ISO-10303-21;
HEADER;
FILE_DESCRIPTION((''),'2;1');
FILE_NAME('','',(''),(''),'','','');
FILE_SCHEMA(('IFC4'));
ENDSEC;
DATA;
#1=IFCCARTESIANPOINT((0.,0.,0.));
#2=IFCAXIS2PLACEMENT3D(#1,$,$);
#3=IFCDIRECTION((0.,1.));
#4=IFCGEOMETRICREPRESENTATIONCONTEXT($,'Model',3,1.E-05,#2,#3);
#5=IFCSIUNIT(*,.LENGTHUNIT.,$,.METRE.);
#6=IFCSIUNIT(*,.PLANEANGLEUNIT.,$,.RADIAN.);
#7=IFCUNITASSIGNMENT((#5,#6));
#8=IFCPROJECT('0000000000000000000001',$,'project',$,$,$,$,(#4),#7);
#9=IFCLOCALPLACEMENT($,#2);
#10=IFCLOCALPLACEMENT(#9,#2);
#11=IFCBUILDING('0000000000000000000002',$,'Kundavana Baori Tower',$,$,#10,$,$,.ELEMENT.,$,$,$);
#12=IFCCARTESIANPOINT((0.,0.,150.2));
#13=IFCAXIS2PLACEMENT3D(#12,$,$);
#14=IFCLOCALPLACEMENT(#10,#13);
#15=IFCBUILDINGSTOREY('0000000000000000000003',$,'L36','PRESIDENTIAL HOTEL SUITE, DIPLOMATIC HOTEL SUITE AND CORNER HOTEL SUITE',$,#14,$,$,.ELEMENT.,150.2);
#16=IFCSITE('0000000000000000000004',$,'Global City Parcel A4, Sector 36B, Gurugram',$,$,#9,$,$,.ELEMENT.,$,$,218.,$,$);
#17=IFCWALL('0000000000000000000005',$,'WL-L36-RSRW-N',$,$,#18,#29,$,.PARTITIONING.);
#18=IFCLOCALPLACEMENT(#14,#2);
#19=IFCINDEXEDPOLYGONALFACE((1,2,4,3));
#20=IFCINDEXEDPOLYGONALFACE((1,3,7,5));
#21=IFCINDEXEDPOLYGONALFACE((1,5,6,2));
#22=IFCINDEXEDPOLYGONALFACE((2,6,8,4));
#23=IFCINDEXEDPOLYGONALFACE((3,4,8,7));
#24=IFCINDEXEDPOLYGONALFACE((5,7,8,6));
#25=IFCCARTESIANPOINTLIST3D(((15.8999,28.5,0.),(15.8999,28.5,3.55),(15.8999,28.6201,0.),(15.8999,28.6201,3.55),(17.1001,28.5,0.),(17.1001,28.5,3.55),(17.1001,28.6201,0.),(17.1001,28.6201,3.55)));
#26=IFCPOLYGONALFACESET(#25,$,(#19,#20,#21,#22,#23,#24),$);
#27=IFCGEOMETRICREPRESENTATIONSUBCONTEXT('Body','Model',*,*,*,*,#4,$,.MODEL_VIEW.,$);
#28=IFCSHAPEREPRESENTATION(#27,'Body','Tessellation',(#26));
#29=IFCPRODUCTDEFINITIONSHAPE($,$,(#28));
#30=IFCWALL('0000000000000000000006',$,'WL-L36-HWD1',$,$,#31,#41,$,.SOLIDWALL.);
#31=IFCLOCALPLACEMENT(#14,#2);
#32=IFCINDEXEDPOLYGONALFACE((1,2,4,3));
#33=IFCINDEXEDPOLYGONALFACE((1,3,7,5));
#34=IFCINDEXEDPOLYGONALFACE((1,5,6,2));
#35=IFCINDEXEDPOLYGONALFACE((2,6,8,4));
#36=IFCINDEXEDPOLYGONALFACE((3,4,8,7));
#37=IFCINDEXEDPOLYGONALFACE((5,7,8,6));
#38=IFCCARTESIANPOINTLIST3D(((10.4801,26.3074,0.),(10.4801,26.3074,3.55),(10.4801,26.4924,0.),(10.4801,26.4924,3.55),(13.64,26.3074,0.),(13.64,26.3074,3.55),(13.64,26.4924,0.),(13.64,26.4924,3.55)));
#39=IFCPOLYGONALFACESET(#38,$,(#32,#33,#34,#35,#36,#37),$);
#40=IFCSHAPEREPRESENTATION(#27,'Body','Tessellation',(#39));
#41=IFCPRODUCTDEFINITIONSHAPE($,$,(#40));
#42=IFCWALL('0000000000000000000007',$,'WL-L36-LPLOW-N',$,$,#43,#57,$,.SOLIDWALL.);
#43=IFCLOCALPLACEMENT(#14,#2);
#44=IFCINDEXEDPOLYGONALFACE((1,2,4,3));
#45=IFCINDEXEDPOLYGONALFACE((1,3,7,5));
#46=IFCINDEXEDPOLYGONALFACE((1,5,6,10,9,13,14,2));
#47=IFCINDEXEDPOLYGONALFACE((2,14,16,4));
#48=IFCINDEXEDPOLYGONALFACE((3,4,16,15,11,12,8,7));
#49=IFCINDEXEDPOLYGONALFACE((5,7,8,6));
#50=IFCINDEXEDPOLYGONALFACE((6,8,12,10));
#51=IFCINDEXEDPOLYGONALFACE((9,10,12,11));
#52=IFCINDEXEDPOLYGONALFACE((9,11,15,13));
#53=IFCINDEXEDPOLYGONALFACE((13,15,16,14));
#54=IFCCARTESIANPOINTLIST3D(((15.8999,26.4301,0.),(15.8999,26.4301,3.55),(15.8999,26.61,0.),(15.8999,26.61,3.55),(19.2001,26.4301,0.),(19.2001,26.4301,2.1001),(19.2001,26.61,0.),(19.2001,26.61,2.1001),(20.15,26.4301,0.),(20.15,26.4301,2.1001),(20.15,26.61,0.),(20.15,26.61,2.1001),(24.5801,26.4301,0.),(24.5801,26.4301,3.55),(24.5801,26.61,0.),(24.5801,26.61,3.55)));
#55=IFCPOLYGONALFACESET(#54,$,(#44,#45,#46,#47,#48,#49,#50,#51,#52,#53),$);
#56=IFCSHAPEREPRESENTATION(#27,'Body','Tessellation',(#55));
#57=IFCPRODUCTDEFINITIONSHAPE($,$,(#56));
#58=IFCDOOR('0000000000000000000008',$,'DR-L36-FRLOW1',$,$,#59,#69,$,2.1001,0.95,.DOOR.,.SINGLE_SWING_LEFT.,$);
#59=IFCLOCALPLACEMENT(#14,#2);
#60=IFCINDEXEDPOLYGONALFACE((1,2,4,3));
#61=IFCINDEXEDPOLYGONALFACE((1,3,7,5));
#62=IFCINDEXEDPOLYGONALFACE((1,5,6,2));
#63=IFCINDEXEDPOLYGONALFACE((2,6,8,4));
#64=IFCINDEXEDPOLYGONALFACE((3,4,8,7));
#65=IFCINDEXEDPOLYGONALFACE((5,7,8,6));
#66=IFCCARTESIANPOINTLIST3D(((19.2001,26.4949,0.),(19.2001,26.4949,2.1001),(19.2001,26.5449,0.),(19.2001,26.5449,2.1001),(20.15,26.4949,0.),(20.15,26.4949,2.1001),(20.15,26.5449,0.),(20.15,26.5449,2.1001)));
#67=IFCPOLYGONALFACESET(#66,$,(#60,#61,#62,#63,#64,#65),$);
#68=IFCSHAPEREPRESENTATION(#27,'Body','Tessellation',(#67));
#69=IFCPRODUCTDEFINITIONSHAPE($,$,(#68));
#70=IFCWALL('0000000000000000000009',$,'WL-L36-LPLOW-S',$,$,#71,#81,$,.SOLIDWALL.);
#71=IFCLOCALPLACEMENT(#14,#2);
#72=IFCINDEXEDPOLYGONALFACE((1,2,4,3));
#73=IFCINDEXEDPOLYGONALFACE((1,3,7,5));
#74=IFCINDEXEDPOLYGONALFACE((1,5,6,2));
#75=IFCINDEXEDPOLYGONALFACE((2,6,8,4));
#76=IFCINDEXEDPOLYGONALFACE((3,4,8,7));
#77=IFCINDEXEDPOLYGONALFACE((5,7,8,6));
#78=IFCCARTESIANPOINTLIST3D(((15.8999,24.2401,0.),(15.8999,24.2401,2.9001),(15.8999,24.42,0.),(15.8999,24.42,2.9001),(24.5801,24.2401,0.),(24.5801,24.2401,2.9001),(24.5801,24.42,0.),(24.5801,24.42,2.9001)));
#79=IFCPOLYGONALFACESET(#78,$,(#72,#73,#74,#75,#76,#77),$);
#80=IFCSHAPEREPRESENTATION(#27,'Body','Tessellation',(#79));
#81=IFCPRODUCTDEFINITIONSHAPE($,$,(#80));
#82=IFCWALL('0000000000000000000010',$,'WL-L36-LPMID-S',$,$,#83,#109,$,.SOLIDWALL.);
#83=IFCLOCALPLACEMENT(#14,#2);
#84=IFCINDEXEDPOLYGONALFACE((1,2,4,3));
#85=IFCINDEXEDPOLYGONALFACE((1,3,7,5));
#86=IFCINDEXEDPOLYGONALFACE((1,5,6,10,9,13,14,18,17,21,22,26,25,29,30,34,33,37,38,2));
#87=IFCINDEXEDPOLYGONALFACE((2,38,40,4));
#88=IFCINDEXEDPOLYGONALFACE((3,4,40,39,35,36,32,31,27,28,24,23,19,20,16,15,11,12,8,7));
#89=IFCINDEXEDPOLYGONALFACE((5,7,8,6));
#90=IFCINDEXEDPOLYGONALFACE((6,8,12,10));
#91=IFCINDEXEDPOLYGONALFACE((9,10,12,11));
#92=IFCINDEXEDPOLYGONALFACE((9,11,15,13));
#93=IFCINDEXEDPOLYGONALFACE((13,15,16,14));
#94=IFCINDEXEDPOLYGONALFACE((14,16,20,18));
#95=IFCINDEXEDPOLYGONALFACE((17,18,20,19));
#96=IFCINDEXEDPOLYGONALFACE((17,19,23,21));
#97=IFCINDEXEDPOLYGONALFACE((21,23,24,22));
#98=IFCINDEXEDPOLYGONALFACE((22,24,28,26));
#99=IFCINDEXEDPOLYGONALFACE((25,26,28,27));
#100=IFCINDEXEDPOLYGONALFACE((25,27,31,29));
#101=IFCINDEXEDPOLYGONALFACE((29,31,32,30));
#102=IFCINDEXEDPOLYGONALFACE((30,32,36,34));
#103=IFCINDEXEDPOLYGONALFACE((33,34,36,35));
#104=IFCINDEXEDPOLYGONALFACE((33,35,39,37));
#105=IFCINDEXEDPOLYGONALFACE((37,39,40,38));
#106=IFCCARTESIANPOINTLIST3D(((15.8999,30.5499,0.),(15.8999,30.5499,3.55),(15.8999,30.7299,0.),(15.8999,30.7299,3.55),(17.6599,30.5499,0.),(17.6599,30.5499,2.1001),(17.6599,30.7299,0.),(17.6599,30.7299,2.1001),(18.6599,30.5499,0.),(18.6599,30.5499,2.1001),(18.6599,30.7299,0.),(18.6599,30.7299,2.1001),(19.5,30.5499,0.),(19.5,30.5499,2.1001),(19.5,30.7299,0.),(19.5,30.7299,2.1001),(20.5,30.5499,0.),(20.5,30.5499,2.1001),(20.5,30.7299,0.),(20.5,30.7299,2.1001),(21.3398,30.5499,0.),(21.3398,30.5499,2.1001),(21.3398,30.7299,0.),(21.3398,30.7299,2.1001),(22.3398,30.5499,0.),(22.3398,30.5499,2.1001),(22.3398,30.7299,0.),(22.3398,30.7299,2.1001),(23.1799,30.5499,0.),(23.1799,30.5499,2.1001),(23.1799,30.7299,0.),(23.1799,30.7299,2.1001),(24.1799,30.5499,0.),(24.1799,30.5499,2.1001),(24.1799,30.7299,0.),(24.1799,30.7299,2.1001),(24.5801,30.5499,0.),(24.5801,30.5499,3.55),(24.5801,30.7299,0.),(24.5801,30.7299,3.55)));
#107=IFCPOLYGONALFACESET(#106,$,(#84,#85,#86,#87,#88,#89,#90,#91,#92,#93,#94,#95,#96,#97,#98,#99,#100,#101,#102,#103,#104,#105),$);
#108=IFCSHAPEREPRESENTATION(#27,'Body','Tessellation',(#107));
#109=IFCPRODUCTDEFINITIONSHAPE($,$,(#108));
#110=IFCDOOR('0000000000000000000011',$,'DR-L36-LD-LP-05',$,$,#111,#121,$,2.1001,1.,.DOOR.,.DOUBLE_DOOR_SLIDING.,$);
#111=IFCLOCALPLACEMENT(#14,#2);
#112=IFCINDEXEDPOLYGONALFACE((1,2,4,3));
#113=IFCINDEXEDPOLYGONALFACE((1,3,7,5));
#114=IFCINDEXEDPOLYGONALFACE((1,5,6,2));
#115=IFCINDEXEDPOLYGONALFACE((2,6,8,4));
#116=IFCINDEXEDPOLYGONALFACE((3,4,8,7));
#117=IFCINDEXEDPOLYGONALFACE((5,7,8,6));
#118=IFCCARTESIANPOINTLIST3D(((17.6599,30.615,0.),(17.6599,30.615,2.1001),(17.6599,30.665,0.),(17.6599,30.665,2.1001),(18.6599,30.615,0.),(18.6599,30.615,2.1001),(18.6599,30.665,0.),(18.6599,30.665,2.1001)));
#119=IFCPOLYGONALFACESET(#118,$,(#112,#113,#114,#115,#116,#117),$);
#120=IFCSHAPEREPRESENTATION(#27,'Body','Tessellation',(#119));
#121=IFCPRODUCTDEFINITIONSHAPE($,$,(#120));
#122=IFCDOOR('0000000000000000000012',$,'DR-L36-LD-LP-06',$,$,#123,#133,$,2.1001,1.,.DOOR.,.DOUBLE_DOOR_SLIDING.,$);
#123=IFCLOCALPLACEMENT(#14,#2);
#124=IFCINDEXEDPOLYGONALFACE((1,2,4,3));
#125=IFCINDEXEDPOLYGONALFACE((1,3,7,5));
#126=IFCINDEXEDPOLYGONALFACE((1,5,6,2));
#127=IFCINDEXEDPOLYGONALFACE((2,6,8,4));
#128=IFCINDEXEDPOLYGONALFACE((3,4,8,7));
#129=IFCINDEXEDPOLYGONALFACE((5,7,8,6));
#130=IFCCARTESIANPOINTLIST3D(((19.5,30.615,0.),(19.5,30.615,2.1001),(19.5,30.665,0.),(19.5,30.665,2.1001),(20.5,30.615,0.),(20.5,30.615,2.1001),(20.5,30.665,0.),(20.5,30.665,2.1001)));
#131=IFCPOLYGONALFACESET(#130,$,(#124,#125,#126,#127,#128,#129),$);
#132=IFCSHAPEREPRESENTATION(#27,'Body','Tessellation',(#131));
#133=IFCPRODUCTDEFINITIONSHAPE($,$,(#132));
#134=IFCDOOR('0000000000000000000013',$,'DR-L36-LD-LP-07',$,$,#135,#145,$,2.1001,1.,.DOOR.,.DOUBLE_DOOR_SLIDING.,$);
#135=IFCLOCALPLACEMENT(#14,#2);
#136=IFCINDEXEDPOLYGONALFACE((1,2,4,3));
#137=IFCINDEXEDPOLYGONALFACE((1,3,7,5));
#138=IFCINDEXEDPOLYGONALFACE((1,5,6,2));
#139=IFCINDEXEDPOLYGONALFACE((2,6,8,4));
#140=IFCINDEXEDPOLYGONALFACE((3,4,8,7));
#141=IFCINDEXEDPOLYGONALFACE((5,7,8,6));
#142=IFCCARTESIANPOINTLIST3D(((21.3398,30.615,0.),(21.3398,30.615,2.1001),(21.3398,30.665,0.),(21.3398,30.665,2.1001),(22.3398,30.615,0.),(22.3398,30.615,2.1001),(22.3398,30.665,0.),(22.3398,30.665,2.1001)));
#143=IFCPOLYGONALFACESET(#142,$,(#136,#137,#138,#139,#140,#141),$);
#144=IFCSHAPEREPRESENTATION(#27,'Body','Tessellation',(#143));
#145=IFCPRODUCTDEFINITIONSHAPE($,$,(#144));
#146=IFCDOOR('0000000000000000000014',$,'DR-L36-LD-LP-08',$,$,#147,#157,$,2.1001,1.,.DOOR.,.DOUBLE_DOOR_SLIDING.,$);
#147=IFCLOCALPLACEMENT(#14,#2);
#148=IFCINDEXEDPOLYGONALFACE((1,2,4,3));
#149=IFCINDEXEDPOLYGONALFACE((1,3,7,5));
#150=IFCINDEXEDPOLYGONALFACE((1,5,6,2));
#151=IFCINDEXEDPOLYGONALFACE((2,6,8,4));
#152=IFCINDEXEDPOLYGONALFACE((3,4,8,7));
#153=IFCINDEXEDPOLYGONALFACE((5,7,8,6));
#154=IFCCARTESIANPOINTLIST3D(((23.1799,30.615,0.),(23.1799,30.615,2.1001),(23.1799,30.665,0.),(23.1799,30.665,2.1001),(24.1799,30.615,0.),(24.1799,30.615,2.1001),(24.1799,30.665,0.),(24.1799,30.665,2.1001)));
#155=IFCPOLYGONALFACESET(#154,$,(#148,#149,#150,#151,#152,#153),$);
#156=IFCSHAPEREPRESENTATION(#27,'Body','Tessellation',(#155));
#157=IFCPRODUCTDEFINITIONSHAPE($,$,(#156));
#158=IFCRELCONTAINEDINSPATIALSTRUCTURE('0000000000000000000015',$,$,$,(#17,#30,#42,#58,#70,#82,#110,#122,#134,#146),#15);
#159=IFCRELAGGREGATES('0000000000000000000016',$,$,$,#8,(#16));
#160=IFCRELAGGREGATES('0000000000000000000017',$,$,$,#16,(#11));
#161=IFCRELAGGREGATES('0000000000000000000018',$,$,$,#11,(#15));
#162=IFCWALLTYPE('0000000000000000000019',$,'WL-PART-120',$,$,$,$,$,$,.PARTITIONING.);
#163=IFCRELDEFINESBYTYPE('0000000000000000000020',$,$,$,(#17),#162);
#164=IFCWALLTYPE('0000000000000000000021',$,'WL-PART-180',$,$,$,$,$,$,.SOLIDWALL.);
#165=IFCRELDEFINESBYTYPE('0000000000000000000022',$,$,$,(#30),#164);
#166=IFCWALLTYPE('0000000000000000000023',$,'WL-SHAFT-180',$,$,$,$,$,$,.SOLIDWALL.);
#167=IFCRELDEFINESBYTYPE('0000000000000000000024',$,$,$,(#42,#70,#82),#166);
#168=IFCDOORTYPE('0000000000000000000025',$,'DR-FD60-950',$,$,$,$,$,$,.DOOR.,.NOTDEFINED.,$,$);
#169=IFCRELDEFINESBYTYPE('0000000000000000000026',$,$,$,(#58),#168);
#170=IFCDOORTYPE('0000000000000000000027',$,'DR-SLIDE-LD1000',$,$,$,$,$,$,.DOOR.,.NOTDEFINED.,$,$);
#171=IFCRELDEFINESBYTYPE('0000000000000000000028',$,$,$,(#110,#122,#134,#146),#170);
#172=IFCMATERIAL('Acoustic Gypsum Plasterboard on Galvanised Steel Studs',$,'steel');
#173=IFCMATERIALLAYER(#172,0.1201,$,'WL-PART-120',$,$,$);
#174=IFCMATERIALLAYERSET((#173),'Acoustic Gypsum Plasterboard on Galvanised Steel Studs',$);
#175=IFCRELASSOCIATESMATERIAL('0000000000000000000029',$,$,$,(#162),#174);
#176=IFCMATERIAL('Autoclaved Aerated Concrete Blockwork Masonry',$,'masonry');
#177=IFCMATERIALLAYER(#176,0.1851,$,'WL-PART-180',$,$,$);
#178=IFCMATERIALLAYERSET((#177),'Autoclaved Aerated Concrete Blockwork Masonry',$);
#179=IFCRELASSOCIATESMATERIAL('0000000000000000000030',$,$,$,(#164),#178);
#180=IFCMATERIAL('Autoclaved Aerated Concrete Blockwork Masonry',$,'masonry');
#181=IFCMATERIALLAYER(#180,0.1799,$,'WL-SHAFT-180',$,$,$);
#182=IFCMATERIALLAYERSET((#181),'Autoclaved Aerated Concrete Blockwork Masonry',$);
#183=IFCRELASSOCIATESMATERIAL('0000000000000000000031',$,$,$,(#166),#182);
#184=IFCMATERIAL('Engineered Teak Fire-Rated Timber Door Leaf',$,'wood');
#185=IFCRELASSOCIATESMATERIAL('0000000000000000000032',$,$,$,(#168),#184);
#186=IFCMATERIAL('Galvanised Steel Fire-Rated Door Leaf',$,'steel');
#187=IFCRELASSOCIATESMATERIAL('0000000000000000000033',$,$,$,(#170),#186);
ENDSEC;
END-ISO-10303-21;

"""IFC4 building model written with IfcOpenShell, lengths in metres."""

from ifc_helpers import new_model, si_unit, direction, frame, frame_2d, origin, place, context, subcontext, project, spatial, rectangle, extrude, material, layer, layer_set, type_object, element, fill, save


model = new_model("IFC4")

# Units and contexts
model_context = context("Model", 3, precision=1e-05, world=origin(), true_north=direction((0.0, 1.0)))
body_context = subcontext(model_context, "Body", "Model", "MODEL_VIEW")
ifc_project = project(units=[si_unit("LENGTHUNIT", "METRE"), si_unit("PLANEANGLEUNIT", "RADIAN")], contexts=[model_context])

# Site, building, storey
site_placement = place(None, origin())
site = spatial("IfcSite", under=ifc_project, at=site_placement, Name="Global City Parcel A4, Sector 36B, Gurugram", CompositionType="ELEMENT", RefElevation=218.0)
building_placement = place(site_placement, origin())
building = spatial("IfcBuilding", under=site, at=building_placement, Name="Kundavana Baori Tower", CompositionType="ELEMENT")
storey_placement = place(building_placement, frame((0.0, 0.0, 150.2)))
storey = spatial("IfcBuildingStorey", under=building, at=storey_placement, Name="L36", Description="PRESIDENTIAL HOTEL SUITE, DIPLOMATIC HOTEL SUITE AND CORNER HOTEL SUITE", CompositionType="ELEMENT", Elevation=150.2)

# Walls
ifc_material_1 = material(Name="Acoustic Gypsum Plasterboard on Galvanised Steel Studs", Category="steel")
ifc_layer_1 = layer(ifc_material_1, 0.1201, Name="WL-PART-120")
ifc_layer_set_1 = layer_set([ifc_layer_1], Name="Acoustic Gypsum Plasterboard on Galvanised Steel Studs")
wall_type_1 = type_object("IfcWallType", Name="WL-PART-120", PredefinedType="PARTITIONING", material=ifc_layer_set_1)
wall_1_placement = place(storey_placement, frame((15.8999, 28.5601, 0.0), z_axis=(0.0, 0.0, 1.0), x_axis=(1.0, 0.0, 0.0)))
element("IfcWall", 1, at=wall_1_placement, inside=storey, type_object=wall_type_1, Name="WL-L36-RSRW-N", PredefinedType="PARTITIONING", context=body_context, shape_type="SweptSolid", body=[
    extrude(rectangle(XDim=1.2002, YDim=0.1201, at=frame_2d((0.6001, 0.0))), origin(), (0.0, 0.0, 1.0), 3.55),
])
ifc_material_2 = material(Name="Autoclaved Aerated Concrete Blockwork Masonry", Category="masonry")
ifc_layer_2 = layer(ifc_material_2, 0.1851, Name="WL-PART-180")
ifc_layer_set_2 = layer_set([ifc_layer_2], Name="Autoclaved Aerated Concrete Blockwork Masonry")
wall_type_2 = type_object("IfcWallType", Name="WL-PART-180", PredefinedType="SOLIDWALL", material=ifc_layer_set_2)
wall_2_placement = place(storey_placement, frame((10.48, 26.3999, 0.0), z_axis=(0.0, 0.0, 1.0), x_axis=(1.0, 0.0, 0.0)))
element("IfcWall", 2, at=wall_2_placement, inside=storey, type_object=wall_type_2, Name="WL-L36-HWD1", PredefinedType="SOLIDWALL", context=body_context, shape_type="SweptSolid", body=[
    extrude(rectangle(XDim=3.1599, YDim=0.1851, at=frame_2d((1.5801, 0.0))), origin(), (0.0, 0.0, 1.0), 3.55),
])

# Wall, opening, door
ifc_material_3 = material(Name="Autoclaved Aerated Concrete Blockwork Masonry", Category="masonry")
ifc_layer_3 = layer(ifc_material_3, 0.1799, Name="WL-SHAFT-180")
ifc_layer_set_3 = layer_set([ifc_layer_3], Name="Autoclaved Aerated Concrete Blockwork Masonry")
wall_type_3 = type_object("IfcWallType", Name="WL-SHAFT-180", PredefinedType="SOLIDWALL", material=ifc_layer_set_3)
wall_3_placement = place(storey_placement, frame((15.8999, 26.52, 0.0), z_axis=(0.0, 0.0, 1.0), x_axis=(1.0, 0.0, 0.0)))
wall_3 = element("IfcWall", 3, at=wall_3_placement, inside=storey, type_object=wall_type_3, Name="WL-L36-LPLOW-N", PredefinedType="SOLIDWALL", context=body_context, shape_type="SweptSolid", body=[
    extrude(rectangle(XDim=8.6802, YDim=0.1799, at=frame_2d((4.3401, 0.0))), origin(), (0.0, 0.0, 1.0), 3.55),
])
opening_1_placement = place(wall_3_placement, frame((3.3, 0.0, 0.0)))
opening_1 = element("IfcOpeningElement", 4, at=opening_1_placement, cuts=wall_3, PredefinedType="OPENING", context=body_context, shape_type="SweptSolid", body=[
    extrude(rectangle(XDim=0.95, YDim=2.1001, at=frame_2d((0.4751, 1.05))), frame((0.0, 0.1001, 0.0), z_axis=(0.0, -1.0, 0.0), x_axis=(1.0, 0.0, 0.0)), (0.0, 0.0, 1.0), 0.2),
])
ifc_material_4 = material(Name="Engineered Teak Fire-Rated Timber Door Leaf", Category="wood")
door_type_1 = type_object("IfcDoorType", Name="DR-FD60-950", OperationType="NOTDEFINED", PredefinedType="DOOR", material=ifc_material_4)
door_1_placement = place(opening_1_placement, origin())
door_1 = element("IfcDoor", 5, at=door_1_placement, inside=storey, type_object=door_type_1, Name="DR-L36-FRLOW1", OperationType="SINGLE_SWING_LEFT", OverallHeight=2.1001, OverallWidth=0.95, PredefinedType="DOOR", context=body_context, shape_type="SweptSolid", body=[
    extrude(rectangle(XDim=0.95, YDim=2.1001, at=frame_2d((0.4751, 1.05))), frame((0.0, 0.0249, 0.0), z_axis=(0.0, -1.0, 0.0), x_axis=(1.0, 0.0, 0.0)), (0.0, 0.0, 1.0), 0.05),
])
fill(opening_1, door_1)

# Wall
wall_4_placement = place(storey_placement, frame((15.8999, 24.3301, 0.0), z_axis=(0.0, 0.0, 1.0), x_axis=(1.0, 0.0, 0.0)))
element("IfcWall", 6, at=wall_4_placement, inside=storey, type_object=wall_type_3, Name="WL-L36-LPLOW-S", PredefinedType="SOLIDWALL", context=body_context, shape_type="SweptSolid", body=[
    extrude(rectangle(XDim=8.6802, YDim=0.1799, at=frame_2d((4.3401, 0.0))), origin(), (0.0, 0.0, 1.0), 2.9001),
])

# Wall, openings, doors
wall_5_placement = place(storey_placement, frame((15.8999, 30.6399, 0.0), z_axis=(0.0, 0.0, 1.0), x_axis=(1.0, 0.0, 0.0)))
wall_5 = element("IfcWall", 7, at=wall_5_placement, inside=storey, type_object=wall_type_3, Name="WL-L36-LPMID-S", PredefinedType="SOLIDWALL", context=body_context, shape_type="SweptSolid", body=[
    extrude(rectangle(XDim=8.6802, YDim=0.1799, at=frame_2d((4.3401, 0.0))), origin(), (0.0, 0.0, 1.0), 3.55),
])
opening_2_placement = place(wall_5_placement, frame((1.76, 0.0, 0.0)))
opening_2 = element("IfcOpeningElement", 8, at=opening_2_placement, cuts=wall_5, PredefinedType="OPENING", context=body_context, shape_type="SweptSolid", body=[
    extrude(rectangle(XDim=1.0, YDim=2.1001, at=frame_2d((0.5, 1.05))), frame((0.0, 0.1001, 0.0), z_axis=(0.0, -1.0, 0.0), x_axis=(1.0, 0.0, 0.0)), (0.0, 0.0, 1.0), 0.2),
])
opening_3_placement = place(wall_5_placement, frame((3.6001, 0.0, 0.0)))
opening_3 = element("IfcOpeningElement", 9, at=opening_3_placement, cuts=wall_5, PredefinedType="OPENING", context=body_context, shape_type="SweptSolid", body=[
    extrude(rectangle(XDim=1.0, YDim=2.1001, at=frame_2d((0.5, 1.05))), frame((0.0, 0.1001, 0.0), z_axis=(0.0, -1.0, 0.0), x_axis=(1.0, 0.0, 0.0)), (0.0, 0.0, 1.0), 0.2),
])
opening_4_placement = place(wall_5_placement, frame((5.4399, 0.0, 0.0)))
opening_4 = element("IfcOpeningElement", 10, at=opening_4_placement, cuts=wall_5, PredefinedType="OPENING", context=body_context, shape_type="SweptSolid", body=[
    extrude(rectangle(XDim=1.0, YDim=2.1001, at=frame_2d((0.5, 1.05))), frame((0.0, 0.1001, 0.0), z_axis=(0.0, -1.0, 0.0), x_axis=(1.0, 0.0, 0.0)), (0.0, 0.0, 1.0), 0.2),
])
opening_5_placement = place(wall_5_placement, frame((7.28, 0.0, 0.0)))
opening_5 = element("IfcOpeningElement", 11, at=opening_5_placement, cuts=wall_5, PredefinedType="OPENING", context=body_context, shape_type="SweptSolid", body=[
    extrude(rectangle(XDim=1.0, YDim=2.1001, at=frame_2d((0.5, 1.05))), frame((0.0, 0.1001, 0.0), z_axis=(0.0, -1.0, 0.0), x_axis=(1.0, 0.0, 0.0)), (0.0, 0.0, 1.0), 0.2),
])
ifc_material_5 = material(Name="Galvanised Steel Fire-Rated Door Leaf", Category="steel")
door_type_2 = type_object("IfcDoorType", Name="DR-SLIDE-LD1000", OperationType="NOTDEFINED", PredefinedType="DOOR", material=ifc_material_5)
door_2_placement = place(opening_2_placement, frame((1.0, 0.0, 0.0), z_axis=(0.0, 0.0, 1.0), x_axis=(-1.0, 0.0, 0.0)))
door_2 = element("IfcDoor", 12, at=door_2_placement, inside=storey, type_object=door_type_2, Name="DR-L36-LD-LP-05", OperationType="DOUBLE_DOOR_SLIDING", OverallHeight=2.1001, OverallWidth=1.0, PredefinedType="DOOR", context=body_context, shape_type="SweptSolid", body=[
    extrude(rectangle(XDim=1.0, YDim=2.1001, at=frame_2d((0.5, 1.05))), frame((0.0, 0.0249, 0.0), z_axis=(0.0, -1.0, 0.0), x_axis=(1.0, 0.0, 0.0)), (0.0, 0.0, 1.0), 0.05),
])
fill(opening_2, door_2)
door_3_placement = place(opening_3_placement, frame((1.0, 0.0, 0.0), z_axis=(0.0, 0.0, 1.0), x_axis=(-1.0, 0.0, 0.0)))
door_3 = element("IfcDoor", 13, at=door_3_placement, inside=storey, type_object=door_type_2, Name="DR-L36-LD-LP-06", OperationType="DOUBLE_DOOR_SLIDING", OverallHeight=2.1001, OverallWidth=1.0, PredefinedType="DOOR", context=body_context, shape_type="SweptSolid", body=[
    extrude(rectangle(XDim=1.0, YDim=2.1001, at=frame_2d((0.5, 1.05))), frame((0.0, 0.0249, 0.0), z_axis=(0.0, -1.0, 0.0), x_axis=(1.0, 0.0, 0.0)), (0.0, 0.0, 1.0), 0.05),
])
fill(opening_3, door_3)
door_4_placement = place(opening_4_placement, frame((1.0, 0.0, 0.0), z_axis=(0.0, 0.0, 1.0), x_axis=(-1.0, 0.0, 0.0)))
door_4 = element("IfcDoor", 14, at=door_4_placement, inside=storey, type_object=door_type_2, Name="DR-L36-LD-LP-07", OperationType="DOUBLE_DOOR_SLIDING", OverallHeight=2.1001, OverallWidth=1.0, PredefinedType="DOOR", context=body_context, shape_type="SweptSolid", body=[
    extrude(rectangle(XDim=1.0, YDim=2.1001, at=frame_2d((0.5, 1.05))), frame((0.0, 0.0249, 0.0), z_axis=(0.0, -1.0, 0.0), x_axis=(1.0, 0.0, 0.0)), (0.0, 0.0, 1.0), 0.05),
])
fill(opening_4, door_4)
door_5_placement = place(opening_5_placement, frame((1.0, 0.0, 0.0), z_axis=(0.0, 0.0, 1.0), x_axis=(-1.0, 0.0, 0.0)))
door_5 = element("IfcDoor", 15, at=door_5_placement, inside=storey, type_object=door_type_2, Name="DR-L36-LD-LP-08", OperationType="DOUBLE_DOOR_SLIDING", OverallHeight=2.1001, OverallWidth=1.0, PredefinedType="DOOR", context=body_context, shape_type="SweptSolid", body=[
    extrude(rectangle(XDim=1.0, YDim=2.1001, at=frame_2d((0.5, 1.05))), frame((0.0, 0.0249, 0.0), z_axis=(0.0, -1.0, 0.0), x_axis=(1.0, 0.0, 0.0)), (0.0, 0.0, 1.0), 0.05),
])
fill(opening_5, door_5)

save(model, "model.ifc")
